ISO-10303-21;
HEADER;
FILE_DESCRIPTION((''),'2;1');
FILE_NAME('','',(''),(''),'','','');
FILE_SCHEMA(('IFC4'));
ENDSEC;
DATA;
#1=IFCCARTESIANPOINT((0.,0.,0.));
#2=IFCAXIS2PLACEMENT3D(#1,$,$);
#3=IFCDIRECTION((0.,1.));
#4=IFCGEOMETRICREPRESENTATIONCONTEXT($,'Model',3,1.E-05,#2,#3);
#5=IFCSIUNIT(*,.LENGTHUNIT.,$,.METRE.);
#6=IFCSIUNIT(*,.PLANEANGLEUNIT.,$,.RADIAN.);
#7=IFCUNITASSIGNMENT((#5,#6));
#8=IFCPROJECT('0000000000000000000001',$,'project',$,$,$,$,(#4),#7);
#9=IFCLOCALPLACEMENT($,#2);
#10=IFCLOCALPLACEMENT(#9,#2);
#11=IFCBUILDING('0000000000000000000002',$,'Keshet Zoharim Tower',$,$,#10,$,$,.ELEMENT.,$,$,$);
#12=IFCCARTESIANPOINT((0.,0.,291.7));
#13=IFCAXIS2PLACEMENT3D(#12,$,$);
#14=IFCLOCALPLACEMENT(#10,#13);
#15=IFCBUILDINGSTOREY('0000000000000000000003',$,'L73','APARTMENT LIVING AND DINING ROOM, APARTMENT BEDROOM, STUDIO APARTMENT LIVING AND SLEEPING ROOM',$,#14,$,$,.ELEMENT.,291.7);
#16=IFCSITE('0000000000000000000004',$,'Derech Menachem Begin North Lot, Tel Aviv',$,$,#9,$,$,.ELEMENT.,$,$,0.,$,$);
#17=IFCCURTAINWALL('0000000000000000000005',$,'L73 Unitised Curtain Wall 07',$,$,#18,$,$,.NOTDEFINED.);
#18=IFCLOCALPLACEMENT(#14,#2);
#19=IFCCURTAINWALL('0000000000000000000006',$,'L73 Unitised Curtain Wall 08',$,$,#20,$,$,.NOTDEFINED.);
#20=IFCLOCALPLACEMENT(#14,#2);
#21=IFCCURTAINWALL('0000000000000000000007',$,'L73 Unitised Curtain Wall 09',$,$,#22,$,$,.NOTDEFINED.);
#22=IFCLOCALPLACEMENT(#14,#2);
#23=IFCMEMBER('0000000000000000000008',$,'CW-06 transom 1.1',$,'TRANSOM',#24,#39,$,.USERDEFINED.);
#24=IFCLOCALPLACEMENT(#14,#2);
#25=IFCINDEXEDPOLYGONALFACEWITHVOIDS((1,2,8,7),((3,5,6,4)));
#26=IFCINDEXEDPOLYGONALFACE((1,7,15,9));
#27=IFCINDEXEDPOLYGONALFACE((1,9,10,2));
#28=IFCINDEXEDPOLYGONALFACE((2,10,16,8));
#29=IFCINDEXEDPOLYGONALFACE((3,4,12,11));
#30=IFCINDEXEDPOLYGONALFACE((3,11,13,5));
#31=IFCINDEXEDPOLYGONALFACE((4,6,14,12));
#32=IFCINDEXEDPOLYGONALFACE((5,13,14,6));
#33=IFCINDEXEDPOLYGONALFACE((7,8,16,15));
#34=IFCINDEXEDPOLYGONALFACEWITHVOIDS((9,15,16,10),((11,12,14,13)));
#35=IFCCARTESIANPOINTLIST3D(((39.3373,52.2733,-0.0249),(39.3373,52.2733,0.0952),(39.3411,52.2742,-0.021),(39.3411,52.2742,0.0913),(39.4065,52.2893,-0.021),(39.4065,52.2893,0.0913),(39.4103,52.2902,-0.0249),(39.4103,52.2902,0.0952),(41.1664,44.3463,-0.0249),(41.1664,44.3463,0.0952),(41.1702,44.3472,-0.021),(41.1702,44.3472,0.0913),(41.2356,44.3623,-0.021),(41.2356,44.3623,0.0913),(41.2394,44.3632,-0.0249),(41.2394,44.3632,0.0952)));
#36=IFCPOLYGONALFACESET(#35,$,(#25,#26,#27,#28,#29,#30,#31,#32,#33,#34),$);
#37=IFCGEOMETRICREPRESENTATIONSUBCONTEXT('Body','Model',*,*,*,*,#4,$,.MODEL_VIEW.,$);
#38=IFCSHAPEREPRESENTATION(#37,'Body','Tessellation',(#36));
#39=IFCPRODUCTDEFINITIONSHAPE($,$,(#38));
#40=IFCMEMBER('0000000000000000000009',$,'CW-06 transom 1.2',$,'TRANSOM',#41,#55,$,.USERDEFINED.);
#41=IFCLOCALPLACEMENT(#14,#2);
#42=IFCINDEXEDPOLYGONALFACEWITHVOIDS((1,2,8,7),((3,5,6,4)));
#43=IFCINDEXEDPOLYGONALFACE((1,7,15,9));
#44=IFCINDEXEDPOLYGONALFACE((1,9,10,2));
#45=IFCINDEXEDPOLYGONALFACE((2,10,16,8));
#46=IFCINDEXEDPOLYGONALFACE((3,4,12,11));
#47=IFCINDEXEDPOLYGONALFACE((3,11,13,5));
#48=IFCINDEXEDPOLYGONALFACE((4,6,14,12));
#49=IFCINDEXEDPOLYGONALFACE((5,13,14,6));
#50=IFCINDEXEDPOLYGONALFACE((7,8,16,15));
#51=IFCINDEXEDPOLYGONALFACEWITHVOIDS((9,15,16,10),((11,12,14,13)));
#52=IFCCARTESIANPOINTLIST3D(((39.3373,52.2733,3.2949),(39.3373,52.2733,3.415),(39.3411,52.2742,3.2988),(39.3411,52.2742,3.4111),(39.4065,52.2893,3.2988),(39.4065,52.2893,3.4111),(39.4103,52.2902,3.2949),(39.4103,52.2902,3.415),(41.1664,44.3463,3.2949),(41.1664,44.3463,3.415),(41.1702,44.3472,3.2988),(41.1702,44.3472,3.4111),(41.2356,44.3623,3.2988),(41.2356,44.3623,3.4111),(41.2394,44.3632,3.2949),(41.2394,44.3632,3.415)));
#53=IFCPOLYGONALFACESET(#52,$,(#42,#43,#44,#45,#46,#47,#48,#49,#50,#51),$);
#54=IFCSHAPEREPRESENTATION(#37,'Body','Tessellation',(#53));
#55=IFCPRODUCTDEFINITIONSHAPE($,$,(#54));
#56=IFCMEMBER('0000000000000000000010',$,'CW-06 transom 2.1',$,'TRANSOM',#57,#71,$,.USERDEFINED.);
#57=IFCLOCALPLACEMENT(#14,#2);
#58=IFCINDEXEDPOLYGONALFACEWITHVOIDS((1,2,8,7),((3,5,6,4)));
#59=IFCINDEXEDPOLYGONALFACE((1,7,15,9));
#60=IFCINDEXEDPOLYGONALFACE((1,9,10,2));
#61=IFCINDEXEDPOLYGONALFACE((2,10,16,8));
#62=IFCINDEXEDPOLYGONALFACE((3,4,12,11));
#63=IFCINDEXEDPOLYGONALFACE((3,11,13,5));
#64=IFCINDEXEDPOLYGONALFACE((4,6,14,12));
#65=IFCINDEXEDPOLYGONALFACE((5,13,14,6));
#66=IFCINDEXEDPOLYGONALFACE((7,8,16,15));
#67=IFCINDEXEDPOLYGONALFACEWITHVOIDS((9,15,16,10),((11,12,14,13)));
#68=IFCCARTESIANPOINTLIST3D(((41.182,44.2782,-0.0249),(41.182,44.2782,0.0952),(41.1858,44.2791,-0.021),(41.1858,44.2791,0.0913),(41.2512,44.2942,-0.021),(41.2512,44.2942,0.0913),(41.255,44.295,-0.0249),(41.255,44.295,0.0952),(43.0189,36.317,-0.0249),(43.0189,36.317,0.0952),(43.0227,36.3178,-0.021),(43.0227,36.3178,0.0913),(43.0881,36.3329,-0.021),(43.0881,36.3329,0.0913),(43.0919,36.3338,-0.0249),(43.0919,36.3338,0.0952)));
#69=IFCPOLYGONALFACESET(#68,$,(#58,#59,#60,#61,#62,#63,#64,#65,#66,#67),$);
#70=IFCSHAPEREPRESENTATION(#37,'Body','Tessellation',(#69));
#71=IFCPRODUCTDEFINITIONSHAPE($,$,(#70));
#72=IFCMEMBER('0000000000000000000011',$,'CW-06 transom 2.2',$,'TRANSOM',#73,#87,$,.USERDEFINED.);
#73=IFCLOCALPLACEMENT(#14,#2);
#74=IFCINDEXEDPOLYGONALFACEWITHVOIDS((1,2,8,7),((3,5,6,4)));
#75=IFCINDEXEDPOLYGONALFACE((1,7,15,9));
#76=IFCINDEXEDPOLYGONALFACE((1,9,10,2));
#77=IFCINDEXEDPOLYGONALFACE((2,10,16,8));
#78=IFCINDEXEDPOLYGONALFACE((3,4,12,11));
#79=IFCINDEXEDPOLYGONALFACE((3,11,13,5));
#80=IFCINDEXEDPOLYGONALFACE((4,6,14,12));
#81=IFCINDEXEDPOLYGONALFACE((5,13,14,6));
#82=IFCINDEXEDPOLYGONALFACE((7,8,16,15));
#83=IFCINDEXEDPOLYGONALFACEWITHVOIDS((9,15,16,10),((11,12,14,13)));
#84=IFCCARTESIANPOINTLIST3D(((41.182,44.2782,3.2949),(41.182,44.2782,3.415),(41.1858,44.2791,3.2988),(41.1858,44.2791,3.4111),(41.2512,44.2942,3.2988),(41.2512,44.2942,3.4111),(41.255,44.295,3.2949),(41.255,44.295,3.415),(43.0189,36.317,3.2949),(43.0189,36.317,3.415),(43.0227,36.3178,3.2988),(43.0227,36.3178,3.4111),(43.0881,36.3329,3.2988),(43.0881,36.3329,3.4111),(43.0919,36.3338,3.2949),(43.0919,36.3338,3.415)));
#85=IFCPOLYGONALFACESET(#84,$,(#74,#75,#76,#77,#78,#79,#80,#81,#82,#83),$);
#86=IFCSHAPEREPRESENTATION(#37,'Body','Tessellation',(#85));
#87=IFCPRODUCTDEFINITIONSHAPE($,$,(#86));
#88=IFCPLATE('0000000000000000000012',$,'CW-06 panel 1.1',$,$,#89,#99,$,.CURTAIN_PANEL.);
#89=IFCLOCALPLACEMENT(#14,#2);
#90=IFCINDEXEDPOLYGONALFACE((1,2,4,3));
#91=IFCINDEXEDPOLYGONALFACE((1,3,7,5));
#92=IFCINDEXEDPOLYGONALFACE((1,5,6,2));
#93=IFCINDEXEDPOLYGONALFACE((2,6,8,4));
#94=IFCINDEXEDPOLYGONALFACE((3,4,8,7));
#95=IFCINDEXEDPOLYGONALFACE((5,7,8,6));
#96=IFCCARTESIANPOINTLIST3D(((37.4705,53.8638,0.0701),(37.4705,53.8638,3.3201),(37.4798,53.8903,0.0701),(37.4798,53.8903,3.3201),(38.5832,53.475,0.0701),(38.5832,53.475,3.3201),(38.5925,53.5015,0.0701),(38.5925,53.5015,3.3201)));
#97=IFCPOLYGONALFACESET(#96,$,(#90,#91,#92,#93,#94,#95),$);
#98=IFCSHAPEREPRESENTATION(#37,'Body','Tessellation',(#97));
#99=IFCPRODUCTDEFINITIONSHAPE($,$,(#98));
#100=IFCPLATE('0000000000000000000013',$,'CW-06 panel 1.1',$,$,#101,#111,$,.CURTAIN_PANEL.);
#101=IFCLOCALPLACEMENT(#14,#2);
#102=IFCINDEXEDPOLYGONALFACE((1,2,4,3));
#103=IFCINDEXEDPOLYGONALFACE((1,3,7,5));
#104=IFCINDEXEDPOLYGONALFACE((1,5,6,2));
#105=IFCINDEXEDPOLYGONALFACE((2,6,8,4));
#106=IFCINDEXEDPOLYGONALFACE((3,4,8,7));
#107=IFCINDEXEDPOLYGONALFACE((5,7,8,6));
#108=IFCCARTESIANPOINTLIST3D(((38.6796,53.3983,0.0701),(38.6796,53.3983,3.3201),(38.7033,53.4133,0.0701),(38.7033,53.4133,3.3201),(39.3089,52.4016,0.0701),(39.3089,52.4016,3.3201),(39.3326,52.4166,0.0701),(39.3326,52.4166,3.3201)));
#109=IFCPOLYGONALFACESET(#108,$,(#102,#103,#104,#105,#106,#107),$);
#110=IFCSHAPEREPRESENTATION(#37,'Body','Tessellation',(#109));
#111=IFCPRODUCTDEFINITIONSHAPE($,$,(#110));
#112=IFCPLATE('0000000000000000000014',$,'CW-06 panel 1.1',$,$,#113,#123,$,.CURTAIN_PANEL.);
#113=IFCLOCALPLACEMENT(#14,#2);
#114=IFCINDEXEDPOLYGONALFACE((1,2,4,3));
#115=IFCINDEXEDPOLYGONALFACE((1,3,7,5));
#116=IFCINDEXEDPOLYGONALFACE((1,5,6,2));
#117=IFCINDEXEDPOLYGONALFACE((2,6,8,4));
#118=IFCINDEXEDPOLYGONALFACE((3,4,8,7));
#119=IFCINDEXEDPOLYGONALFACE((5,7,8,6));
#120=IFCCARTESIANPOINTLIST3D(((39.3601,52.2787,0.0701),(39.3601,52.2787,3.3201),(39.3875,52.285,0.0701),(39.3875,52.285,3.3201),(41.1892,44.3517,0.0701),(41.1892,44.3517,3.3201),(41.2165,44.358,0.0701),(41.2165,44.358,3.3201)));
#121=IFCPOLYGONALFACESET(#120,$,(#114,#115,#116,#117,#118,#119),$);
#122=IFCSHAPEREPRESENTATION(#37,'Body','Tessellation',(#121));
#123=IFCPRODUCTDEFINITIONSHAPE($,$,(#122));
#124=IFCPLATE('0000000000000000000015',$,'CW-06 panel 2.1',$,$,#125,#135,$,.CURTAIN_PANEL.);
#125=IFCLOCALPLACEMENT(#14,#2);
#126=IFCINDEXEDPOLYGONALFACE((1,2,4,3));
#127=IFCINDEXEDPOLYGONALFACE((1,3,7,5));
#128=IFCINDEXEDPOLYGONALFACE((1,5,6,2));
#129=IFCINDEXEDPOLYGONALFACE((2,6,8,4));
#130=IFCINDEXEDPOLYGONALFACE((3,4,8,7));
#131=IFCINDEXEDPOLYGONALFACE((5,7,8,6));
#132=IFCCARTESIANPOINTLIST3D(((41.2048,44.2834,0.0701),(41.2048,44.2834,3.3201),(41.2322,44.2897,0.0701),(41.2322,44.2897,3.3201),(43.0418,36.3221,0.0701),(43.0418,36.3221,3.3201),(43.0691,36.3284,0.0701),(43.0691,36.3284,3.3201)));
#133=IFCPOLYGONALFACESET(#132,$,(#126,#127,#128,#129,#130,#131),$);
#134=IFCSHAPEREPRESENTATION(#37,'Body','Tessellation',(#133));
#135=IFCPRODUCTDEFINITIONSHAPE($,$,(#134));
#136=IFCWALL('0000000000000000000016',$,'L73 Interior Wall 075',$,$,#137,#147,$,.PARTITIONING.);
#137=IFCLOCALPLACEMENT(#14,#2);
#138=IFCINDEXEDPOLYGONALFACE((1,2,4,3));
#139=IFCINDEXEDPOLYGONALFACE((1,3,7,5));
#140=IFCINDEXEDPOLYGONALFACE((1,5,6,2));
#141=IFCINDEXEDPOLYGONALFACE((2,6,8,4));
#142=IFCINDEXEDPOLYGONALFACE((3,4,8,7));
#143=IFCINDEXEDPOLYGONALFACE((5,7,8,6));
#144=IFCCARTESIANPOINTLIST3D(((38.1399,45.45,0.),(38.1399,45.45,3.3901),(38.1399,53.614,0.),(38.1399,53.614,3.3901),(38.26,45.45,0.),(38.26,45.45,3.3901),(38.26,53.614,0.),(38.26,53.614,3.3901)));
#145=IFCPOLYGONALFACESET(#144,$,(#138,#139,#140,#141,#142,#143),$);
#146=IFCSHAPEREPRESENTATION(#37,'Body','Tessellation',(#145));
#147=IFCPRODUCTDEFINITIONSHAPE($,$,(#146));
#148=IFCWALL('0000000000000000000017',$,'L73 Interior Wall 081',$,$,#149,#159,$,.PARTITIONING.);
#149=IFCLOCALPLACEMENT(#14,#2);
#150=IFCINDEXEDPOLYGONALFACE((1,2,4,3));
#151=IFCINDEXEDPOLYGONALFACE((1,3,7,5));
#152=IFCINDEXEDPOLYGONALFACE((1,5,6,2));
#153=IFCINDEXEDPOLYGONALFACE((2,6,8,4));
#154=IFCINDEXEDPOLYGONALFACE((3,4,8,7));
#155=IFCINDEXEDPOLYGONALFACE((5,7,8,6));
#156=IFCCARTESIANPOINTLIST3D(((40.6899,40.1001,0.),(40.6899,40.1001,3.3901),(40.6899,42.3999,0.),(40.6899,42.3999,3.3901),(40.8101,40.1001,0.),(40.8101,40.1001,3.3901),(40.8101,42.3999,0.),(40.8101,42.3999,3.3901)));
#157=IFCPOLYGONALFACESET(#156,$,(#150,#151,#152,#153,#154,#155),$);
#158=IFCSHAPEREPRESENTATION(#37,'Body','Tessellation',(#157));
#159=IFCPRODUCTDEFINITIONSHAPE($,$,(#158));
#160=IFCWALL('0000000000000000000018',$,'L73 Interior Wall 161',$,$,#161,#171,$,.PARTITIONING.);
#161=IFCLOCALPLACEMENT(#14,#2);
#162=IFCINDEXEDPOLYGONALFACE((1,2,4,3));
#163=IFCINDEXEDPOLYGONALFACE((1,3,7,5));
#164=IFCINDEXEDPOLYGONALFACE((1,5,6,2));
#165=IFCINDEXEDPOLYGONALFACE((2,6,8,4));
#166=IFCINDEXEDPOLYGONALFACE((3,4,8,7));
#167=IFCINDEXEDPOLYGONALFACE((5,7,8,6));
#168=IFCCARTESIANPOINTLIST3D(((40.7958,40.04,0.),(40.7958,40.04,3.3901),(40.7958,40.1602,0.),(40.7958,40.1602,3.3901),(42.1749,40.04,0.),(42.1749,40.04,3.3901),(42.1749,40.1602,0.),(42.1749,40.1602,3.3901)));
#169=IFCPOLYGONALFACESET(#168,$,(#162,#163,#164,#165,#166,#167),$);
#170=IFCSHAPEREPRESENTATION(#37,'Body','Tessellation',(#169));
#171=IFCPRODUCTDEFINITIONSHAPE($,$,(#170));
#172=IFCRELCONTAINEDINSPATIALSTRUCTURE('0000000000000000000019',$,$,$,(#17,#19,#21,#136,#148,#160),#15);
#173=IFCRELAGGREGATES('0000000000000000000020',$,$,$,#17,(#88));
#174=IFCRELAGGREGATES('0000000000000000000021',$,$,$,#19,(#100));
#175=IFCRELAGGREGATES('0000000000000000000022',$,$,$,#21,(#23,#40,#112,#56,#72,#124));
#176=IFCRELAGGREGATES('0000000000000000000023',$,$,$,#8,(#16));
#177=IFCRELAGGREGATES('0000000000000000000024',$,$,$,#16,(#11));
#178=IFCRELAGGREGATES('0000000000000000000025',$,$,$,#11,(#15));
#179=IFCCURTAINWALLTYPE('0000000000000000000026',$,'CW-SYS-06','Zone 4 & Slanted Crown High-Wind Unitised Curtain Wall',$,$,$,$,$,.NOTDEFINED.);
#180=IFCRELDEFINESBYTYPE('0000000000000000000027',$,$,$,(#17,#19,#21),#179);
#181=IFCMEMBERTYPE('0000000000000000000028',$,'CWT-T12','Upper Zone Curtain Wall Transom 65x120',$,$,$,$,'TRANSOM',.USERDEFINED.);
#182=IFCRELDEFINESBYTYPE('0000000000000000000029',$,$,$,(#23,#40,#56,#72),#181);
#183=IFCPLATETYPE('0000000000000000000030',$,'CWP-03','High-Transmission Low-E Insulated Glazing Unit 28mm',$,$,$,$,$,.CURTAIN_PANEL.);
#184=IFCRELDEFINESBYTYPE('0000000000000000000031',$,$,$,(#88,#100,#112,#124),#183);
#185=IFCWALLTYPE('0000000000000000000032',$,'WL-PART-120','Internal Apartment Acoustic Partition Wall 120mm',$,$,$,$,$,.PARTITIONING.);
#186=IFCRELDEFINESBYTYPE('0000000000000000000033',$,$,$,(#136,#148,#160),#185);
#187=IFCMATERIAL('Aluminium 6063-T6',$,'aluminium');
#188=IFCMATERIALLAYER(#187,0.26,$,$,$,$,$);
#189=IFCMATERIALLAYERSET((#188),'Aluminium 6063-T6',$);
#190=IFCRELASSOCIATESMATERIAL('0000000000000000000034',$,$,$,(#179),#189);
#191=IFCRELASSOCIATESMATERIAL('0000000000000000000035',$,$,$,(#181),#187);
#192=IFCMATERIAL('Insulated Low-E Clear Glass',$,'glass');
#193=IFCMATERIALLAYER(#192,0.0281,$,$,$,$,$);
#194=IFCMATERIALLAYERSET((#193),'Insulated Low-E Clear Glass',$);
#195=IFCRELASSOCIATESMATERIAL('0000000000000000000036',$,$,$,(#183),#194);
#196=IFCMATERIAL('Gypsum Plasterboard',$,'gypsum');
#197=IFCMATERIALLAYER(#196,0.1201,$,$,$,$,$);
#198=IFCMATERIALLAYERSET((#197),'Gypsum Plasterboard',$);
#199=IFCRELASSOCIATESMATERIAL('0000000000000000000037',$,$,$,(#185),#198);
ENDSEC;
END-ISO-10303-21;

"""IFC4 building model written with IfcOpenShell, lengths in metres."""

from ifc_helpers import new_model, si_unit, direction, frame, frame_2d, origin, origin_2d, place, context, subcontext, project, spatial, rectangle, hollow_rectangle, extrude, material, layer, layer_set, material_profile, profile_set, type_object, element, aggregate, save


model = new_model("IFC4")

# Units and contexts
model_context = context("Model", 3, precision=1e-05, world=origin(), true_north=direction((0.0, 1.0)))
body_context = subcontext(model_context, "Body", "Model", "MODEL_VIEW")
ifc_project = project(units=[si_unit("LENGTHUNIT", "METRE"), si_unit("PLANEANGLEUNIT", "RADIAN")], contexts=[model_context])

# Site, building, storey
site_placement = place(None, origin())
site = spatial("IfcSite", under=ifc_project, at=site_placement, Name="Derech Menachem Begin North Lot, Tel Aviv", CompositionType="ELEMENT", RefElevation=0.0)
building_placement = place(site_placement, origin())
building = spatial("IfcBuilding", under=site, at=building_placement, Name="Keshet Zoharim Tower", CompositionType="ELEMENT")
storey_placement = place(building_placement, frame((0.0, 0.0, 291.7)))
storey = spatial("IfcBuildingStorey", under=building, at=storey_placement, Name="L73", Description="APARTMENT LIVING AND DINING ROOM, APARTMENT BEDROOM, STUDIO APARTMENT LIVING AND SLEEPING ROOM", CompositionType="ELEMENT", Elevation=291.7)

# Shared definitions
ifc_material_1 = material(Name="Aluminium 6063-T6", Category="aluminium")
ifc_layer_1 = layer(ifc_material_1, 0.26)
ifc_layer_set_1 = layer_set([ifc_layer_1], Name="Aluminium 6063-T6")
curtain_wall_type = type_object("IfcCurtainWallType", Name="CW-SYS-06", Description="Zone 4 & Slanted Crown High-Wind Unitised Curtain Wall", PredefinedType="NOTDEFINED", material=ifc_layer_set_1)

# Curtain walls
curtain_wall_1_placement = place(storey_placement, origin())
curtain_wall_1 = element("IfcCurtainWall", 1, at=curtain_wall_1_placement, inside=storey, type_object=curtain_wall_type, Name="L73 Unitised Curtain Wall 07", PredefinedType="NOTDEFINED")
curtain_wall_2_placement = place(storey_placement, origin())
curtain_wall_2 = element("IfcCurtainWall", 2, at=curtain_wall_2_placement, inside=storey, type_object=curtain_wall_type, Name="L73 Unitised Curtain Wall 08", PredefinedType="NOTDEFINED")
curtain_wall_3_placement = place(storey_placement, origin())
curtain_wall_3 = element("IfcCurtainWall", 3, at=curtain_wall_3_placement, inside=storey, type_object=curtain_wall_type, Name="L73 Unitised Curtain Wall 09", PredefinedType="NOTDEFINED")

# Members
ifc_material_profile_1 = material_profile(ifc_material_1, hollow_rectangle(XDim=0.075, YDim=0.1201, WallThickness=0.0039, at=origin_2d()), Name="TRN-75x120")
ifc_profile_set_1 = profile_set([ifc_material_profile_1], Name="Aluminium 6063-T6")
member_type_1 = type_object("IfcMemberType", Name="CWT-T12", Description="Upper Zone Curtain Wall Transom 65x120", ElementType="TRANSOM", PredefinedType="USERDEFINED", material=ifc_profile_set_1)
member_1_placement = place(storey_placement, frame((39.3738, 52.2817, 0.0352), z_axis=(0.224835, -0.974397, 0.0), x_axis=(0.974397, 0.224835, 0.0)))
member_1 = element("IfcMember", 4, at=member_1_placement, type_object=member_type_1, Name="CW-06 transom 1.1", ObjectType="TRANSOM", PredefinedType="USERDEFINED", context=body_context, shape_type="SweptSolid", body=[
    extrude(hollow_rectangle(XDim=0.075, YDim=0.1201, WallThickness=0.0039, at=origin_2d()), origin(), (0.0, 0.0, 1.0), 8.1353),
])
member_2_placement = place(storey_placement, frame((39.3738, 52.2817, 3.355), z_axis=(0.224835, -0.974397, 0.0), x_axis=(0.974397, 0.224835, 0.0)))
member_2 = element("IfcMember", 5, at=member_2_placement, type_object=member_type_1, Name="CW-06 transom 1.2", ObjectType="TRANSOM", PredefinedType="USERDEFINED", context=body_context, shape_type="SweptSolid", body=[
    extrude(hollow_rectangle(XDim=0.075, YDim=0.1201, WallThickness=0.0039, at=origin_2d()), origin(), (0.0, 0.0, 1.0), 8.1353),
])
member_3_placement = place(storey_placement, frame((41.2185, 44.2866, 0.0352), z_axis=(0.224827, -0.974399, 0.0), x_axis=(0.974399, 0.224827, 0.0)))
member_3 = element("IfcMember", 6, at=member_3_placement, type_object=member_type_1, Name="CW-06 transom 2.1", ObjectType="TRANSOM", PredefinedType="USERDEFINED", context=body_context, shape_type="SweptSolid", body=[
    extrude(hollow_rectangle(XDim=0.075, YDim=0.1201, WallThickness=0.0039, at=origin_2d()), origin(), (0.0, 0.0, 1.0), 8.1704),
])
member_4_placement = place(storey_placement, frame((41.2185, 44.2866, 3.355), z_axis=(0.224827, -0.974399, 0.0), x_axis=(0.974399, 0.224827, 0.0)))
member_4 = element("IfcMember", 7, at=member_4_placement, type_object=member_type_1, Name="CW-06 transom 2.2", ObjectType="TRANSOM", PredefinedType="USERDEFINED", context=body_context, shape_type="SweptSolid", body=[
    extrude(hollow_rectangle(XDim=0.075, YDim=0.1201, WallThickness=0.0039, at=origin_2d()), origin(), (0.0, 0.0, 1.0), 8.1704),
])

# Plates
ifc_material_2 = material(Name="Insulated Low-E Clear Glass", Category="glass")
ifc_layer_2 = layer(ifc_material_2, 0.0281)
ifc_layer_set_2 = layer_set([ifc_layer_2], Name="Insulated Low-E Clear Glass")
plate_type = type_object("IfcPlateType", Name="CWP-03", Description="High-Transmission Low-E Insulated Glazing Unit 28mm", PredefinedType="CURTAIN_PANEL", material=ifc_layer_set_2)
plate_1_placement = place(storey_placement, frame((38.0315, 53.6826, 0.0701), z_axis=(0.0, 0.0, 1.0), x_axis=(0.944036, -0.329844, 0.0)))
plate_1 = element("IfcPlate", 8, at=plate_1_placement, type_object=plate_type, Name="CW-06 panel 1.1", PredefinedType="CURTAIN_PANEL", context=body_context, shape_type="SweptSolid", body=[
    extrude(rectangle(XDim=1.1787, YDim=0.0281, at=origin_2d()), origin(), (0.0, 0.0, 1.0), 3.25),
])
aggregate(curtain_wall_1, [plate_1])
plate_2_placement = place(storey_placement, frame((39.0061, 52.9075, 0.0701), z_axis=(0.0, 0.0, 1.0), x_axis=(0.533879, -0.845561, 0.0)))
plate_2 = element("IfcPlate", 9, at=plate_2_placement, type_object=plate_type, Name="CW-06 panel 1.1", PredefinedType="CURTAIN_PANEL", context=body_context, shape_type="SweptSolid", body=[
    extrude(rectangle(XDim=1.1787, YDim=0.0281, at=origin_2d()), origin(), (0.0, 0.0, 1.0), 3.25),
])
aggregate(curtain_wall_2, [plate_2])
plate_3_placement = place(storey_placement, frame((40.2883, 48.3184, 0.0701), z_axis=(0.0, 0.0, 1.0), x_axis=(0.22483, -0.974398, 0.0)))
plate_3 = element("IfcPlate", 10, at=plate_3_placement, type_object=plate_type, Name="CW-06 panel 1.1", PredefinedType="CURTAIN_PANEL", context=body_context, shape_type="SweptSolid", body=[
    extrude(rectangle(XDim=8.1353, YDim=0.0281, at=origin_2d()), origin(), (0.0, 0.0, 1.0), 3.25),
])
plate_4_placement = place(storey_placement, frame((42.137, 40.3059, 0.0701), z_axis=(0.0, 0.0, 1.0), x_axis=(0.22483, -0.974398, 0.0)))
plate_4 = element("IfcPlate", 11, at=plate_4_placement, type_object=plate_type, Name="CW-06 panel 2.1", PredefinedType="CURTAIN_PANEL", context=body_context, shape_type="SweptSolid", body=[
    extrude(rectangle(XDim=8.1704, YDim=0.0281, at=origin_2d()), origin(), (0.0, 0.0, 1.0), 3.25),
])
aggregate(curtain_wall_3, [member_1, member_2, plate_3, member_3, member_4, plate_4])

# Walls
ifc_material_3 = material(Name="Gypsum Plasterboard", Category="gypsum")
ifc_layer_3 = layer(ifc_material_3, 0.1201)
ifc_layer_set_3 = layer_set([ifc_layer_3], Name="Gypsum Plasterboard")
wall_type = type_object("IfcWallType", Name="WL-PART-120", Description="Internal Apartment Acoustic Partition Wall 120mm", PredefinedType="PARTITIONING", material=ifc_layer_set_3)
wall_1_placement = place(storey_placement, frame((38.2, 45.45, 0.0), z_axis=(0.0, 0.0, 1.0), x_axis=(0.0, 1.0, 0.0)))
element("IfcWall", 12, at=wall_1_placement, inside=storey, type_object=wall_type, Name="L73 Interior Wall 075", PredefinedType="PARTITIONING", context=body_context, shape_type="SweptSolid", body=[
    extrude(rectangle(XDim=8.1641, YDim=0.1201, at=frame_2d((4.082, 0.0))), origin(), (0.0, 0.0, 1.0), 3.3901),
])
wall_2_placement = place(storey_placement, frame((40.75, 40.1001, 0.0), z_axis=(0.0, 0.0, 1.0), x_axis=(0.0, 1.0, 0.0)))
element("IfcWall", 13, at=wall_2_placement, inside=storey, type_object=wall_type, Name="L73 Interior Wall 081", PredefinedType="PARTITIONING", context=body_context, shape_type="SweptSolid", body=[
    extrude(rectangle(XDim=2.2998, YDim=0.1201, at=frame_2d((1.1499, 0.0))), origin(), (0.0, 0.0, 1.0), 3.3901),
])
wall_3_placement = place(storey_placement, frame((40.7959, 40.1001, 0.0), z_axis=(0.0, 0.0, 1.0), x_axis=(1.0, 0.0, 0.0)))
element("IfcWall", 14, at=wall_3_placement, inside=storey, type_object=wall_type, Name="L73 Interior Wall 161", PredefinedType="PARTITIONING", context=body_context, shape_type="SweptSolid", body=[
    extrude(rectangle(XDim=1.3792, YDim=0.1201, at=frame_2d((0.6895, 0.0))), origin(), (0.0, 0.0, 1.0), 3.3901),
])

save(model, "model.ifc")
